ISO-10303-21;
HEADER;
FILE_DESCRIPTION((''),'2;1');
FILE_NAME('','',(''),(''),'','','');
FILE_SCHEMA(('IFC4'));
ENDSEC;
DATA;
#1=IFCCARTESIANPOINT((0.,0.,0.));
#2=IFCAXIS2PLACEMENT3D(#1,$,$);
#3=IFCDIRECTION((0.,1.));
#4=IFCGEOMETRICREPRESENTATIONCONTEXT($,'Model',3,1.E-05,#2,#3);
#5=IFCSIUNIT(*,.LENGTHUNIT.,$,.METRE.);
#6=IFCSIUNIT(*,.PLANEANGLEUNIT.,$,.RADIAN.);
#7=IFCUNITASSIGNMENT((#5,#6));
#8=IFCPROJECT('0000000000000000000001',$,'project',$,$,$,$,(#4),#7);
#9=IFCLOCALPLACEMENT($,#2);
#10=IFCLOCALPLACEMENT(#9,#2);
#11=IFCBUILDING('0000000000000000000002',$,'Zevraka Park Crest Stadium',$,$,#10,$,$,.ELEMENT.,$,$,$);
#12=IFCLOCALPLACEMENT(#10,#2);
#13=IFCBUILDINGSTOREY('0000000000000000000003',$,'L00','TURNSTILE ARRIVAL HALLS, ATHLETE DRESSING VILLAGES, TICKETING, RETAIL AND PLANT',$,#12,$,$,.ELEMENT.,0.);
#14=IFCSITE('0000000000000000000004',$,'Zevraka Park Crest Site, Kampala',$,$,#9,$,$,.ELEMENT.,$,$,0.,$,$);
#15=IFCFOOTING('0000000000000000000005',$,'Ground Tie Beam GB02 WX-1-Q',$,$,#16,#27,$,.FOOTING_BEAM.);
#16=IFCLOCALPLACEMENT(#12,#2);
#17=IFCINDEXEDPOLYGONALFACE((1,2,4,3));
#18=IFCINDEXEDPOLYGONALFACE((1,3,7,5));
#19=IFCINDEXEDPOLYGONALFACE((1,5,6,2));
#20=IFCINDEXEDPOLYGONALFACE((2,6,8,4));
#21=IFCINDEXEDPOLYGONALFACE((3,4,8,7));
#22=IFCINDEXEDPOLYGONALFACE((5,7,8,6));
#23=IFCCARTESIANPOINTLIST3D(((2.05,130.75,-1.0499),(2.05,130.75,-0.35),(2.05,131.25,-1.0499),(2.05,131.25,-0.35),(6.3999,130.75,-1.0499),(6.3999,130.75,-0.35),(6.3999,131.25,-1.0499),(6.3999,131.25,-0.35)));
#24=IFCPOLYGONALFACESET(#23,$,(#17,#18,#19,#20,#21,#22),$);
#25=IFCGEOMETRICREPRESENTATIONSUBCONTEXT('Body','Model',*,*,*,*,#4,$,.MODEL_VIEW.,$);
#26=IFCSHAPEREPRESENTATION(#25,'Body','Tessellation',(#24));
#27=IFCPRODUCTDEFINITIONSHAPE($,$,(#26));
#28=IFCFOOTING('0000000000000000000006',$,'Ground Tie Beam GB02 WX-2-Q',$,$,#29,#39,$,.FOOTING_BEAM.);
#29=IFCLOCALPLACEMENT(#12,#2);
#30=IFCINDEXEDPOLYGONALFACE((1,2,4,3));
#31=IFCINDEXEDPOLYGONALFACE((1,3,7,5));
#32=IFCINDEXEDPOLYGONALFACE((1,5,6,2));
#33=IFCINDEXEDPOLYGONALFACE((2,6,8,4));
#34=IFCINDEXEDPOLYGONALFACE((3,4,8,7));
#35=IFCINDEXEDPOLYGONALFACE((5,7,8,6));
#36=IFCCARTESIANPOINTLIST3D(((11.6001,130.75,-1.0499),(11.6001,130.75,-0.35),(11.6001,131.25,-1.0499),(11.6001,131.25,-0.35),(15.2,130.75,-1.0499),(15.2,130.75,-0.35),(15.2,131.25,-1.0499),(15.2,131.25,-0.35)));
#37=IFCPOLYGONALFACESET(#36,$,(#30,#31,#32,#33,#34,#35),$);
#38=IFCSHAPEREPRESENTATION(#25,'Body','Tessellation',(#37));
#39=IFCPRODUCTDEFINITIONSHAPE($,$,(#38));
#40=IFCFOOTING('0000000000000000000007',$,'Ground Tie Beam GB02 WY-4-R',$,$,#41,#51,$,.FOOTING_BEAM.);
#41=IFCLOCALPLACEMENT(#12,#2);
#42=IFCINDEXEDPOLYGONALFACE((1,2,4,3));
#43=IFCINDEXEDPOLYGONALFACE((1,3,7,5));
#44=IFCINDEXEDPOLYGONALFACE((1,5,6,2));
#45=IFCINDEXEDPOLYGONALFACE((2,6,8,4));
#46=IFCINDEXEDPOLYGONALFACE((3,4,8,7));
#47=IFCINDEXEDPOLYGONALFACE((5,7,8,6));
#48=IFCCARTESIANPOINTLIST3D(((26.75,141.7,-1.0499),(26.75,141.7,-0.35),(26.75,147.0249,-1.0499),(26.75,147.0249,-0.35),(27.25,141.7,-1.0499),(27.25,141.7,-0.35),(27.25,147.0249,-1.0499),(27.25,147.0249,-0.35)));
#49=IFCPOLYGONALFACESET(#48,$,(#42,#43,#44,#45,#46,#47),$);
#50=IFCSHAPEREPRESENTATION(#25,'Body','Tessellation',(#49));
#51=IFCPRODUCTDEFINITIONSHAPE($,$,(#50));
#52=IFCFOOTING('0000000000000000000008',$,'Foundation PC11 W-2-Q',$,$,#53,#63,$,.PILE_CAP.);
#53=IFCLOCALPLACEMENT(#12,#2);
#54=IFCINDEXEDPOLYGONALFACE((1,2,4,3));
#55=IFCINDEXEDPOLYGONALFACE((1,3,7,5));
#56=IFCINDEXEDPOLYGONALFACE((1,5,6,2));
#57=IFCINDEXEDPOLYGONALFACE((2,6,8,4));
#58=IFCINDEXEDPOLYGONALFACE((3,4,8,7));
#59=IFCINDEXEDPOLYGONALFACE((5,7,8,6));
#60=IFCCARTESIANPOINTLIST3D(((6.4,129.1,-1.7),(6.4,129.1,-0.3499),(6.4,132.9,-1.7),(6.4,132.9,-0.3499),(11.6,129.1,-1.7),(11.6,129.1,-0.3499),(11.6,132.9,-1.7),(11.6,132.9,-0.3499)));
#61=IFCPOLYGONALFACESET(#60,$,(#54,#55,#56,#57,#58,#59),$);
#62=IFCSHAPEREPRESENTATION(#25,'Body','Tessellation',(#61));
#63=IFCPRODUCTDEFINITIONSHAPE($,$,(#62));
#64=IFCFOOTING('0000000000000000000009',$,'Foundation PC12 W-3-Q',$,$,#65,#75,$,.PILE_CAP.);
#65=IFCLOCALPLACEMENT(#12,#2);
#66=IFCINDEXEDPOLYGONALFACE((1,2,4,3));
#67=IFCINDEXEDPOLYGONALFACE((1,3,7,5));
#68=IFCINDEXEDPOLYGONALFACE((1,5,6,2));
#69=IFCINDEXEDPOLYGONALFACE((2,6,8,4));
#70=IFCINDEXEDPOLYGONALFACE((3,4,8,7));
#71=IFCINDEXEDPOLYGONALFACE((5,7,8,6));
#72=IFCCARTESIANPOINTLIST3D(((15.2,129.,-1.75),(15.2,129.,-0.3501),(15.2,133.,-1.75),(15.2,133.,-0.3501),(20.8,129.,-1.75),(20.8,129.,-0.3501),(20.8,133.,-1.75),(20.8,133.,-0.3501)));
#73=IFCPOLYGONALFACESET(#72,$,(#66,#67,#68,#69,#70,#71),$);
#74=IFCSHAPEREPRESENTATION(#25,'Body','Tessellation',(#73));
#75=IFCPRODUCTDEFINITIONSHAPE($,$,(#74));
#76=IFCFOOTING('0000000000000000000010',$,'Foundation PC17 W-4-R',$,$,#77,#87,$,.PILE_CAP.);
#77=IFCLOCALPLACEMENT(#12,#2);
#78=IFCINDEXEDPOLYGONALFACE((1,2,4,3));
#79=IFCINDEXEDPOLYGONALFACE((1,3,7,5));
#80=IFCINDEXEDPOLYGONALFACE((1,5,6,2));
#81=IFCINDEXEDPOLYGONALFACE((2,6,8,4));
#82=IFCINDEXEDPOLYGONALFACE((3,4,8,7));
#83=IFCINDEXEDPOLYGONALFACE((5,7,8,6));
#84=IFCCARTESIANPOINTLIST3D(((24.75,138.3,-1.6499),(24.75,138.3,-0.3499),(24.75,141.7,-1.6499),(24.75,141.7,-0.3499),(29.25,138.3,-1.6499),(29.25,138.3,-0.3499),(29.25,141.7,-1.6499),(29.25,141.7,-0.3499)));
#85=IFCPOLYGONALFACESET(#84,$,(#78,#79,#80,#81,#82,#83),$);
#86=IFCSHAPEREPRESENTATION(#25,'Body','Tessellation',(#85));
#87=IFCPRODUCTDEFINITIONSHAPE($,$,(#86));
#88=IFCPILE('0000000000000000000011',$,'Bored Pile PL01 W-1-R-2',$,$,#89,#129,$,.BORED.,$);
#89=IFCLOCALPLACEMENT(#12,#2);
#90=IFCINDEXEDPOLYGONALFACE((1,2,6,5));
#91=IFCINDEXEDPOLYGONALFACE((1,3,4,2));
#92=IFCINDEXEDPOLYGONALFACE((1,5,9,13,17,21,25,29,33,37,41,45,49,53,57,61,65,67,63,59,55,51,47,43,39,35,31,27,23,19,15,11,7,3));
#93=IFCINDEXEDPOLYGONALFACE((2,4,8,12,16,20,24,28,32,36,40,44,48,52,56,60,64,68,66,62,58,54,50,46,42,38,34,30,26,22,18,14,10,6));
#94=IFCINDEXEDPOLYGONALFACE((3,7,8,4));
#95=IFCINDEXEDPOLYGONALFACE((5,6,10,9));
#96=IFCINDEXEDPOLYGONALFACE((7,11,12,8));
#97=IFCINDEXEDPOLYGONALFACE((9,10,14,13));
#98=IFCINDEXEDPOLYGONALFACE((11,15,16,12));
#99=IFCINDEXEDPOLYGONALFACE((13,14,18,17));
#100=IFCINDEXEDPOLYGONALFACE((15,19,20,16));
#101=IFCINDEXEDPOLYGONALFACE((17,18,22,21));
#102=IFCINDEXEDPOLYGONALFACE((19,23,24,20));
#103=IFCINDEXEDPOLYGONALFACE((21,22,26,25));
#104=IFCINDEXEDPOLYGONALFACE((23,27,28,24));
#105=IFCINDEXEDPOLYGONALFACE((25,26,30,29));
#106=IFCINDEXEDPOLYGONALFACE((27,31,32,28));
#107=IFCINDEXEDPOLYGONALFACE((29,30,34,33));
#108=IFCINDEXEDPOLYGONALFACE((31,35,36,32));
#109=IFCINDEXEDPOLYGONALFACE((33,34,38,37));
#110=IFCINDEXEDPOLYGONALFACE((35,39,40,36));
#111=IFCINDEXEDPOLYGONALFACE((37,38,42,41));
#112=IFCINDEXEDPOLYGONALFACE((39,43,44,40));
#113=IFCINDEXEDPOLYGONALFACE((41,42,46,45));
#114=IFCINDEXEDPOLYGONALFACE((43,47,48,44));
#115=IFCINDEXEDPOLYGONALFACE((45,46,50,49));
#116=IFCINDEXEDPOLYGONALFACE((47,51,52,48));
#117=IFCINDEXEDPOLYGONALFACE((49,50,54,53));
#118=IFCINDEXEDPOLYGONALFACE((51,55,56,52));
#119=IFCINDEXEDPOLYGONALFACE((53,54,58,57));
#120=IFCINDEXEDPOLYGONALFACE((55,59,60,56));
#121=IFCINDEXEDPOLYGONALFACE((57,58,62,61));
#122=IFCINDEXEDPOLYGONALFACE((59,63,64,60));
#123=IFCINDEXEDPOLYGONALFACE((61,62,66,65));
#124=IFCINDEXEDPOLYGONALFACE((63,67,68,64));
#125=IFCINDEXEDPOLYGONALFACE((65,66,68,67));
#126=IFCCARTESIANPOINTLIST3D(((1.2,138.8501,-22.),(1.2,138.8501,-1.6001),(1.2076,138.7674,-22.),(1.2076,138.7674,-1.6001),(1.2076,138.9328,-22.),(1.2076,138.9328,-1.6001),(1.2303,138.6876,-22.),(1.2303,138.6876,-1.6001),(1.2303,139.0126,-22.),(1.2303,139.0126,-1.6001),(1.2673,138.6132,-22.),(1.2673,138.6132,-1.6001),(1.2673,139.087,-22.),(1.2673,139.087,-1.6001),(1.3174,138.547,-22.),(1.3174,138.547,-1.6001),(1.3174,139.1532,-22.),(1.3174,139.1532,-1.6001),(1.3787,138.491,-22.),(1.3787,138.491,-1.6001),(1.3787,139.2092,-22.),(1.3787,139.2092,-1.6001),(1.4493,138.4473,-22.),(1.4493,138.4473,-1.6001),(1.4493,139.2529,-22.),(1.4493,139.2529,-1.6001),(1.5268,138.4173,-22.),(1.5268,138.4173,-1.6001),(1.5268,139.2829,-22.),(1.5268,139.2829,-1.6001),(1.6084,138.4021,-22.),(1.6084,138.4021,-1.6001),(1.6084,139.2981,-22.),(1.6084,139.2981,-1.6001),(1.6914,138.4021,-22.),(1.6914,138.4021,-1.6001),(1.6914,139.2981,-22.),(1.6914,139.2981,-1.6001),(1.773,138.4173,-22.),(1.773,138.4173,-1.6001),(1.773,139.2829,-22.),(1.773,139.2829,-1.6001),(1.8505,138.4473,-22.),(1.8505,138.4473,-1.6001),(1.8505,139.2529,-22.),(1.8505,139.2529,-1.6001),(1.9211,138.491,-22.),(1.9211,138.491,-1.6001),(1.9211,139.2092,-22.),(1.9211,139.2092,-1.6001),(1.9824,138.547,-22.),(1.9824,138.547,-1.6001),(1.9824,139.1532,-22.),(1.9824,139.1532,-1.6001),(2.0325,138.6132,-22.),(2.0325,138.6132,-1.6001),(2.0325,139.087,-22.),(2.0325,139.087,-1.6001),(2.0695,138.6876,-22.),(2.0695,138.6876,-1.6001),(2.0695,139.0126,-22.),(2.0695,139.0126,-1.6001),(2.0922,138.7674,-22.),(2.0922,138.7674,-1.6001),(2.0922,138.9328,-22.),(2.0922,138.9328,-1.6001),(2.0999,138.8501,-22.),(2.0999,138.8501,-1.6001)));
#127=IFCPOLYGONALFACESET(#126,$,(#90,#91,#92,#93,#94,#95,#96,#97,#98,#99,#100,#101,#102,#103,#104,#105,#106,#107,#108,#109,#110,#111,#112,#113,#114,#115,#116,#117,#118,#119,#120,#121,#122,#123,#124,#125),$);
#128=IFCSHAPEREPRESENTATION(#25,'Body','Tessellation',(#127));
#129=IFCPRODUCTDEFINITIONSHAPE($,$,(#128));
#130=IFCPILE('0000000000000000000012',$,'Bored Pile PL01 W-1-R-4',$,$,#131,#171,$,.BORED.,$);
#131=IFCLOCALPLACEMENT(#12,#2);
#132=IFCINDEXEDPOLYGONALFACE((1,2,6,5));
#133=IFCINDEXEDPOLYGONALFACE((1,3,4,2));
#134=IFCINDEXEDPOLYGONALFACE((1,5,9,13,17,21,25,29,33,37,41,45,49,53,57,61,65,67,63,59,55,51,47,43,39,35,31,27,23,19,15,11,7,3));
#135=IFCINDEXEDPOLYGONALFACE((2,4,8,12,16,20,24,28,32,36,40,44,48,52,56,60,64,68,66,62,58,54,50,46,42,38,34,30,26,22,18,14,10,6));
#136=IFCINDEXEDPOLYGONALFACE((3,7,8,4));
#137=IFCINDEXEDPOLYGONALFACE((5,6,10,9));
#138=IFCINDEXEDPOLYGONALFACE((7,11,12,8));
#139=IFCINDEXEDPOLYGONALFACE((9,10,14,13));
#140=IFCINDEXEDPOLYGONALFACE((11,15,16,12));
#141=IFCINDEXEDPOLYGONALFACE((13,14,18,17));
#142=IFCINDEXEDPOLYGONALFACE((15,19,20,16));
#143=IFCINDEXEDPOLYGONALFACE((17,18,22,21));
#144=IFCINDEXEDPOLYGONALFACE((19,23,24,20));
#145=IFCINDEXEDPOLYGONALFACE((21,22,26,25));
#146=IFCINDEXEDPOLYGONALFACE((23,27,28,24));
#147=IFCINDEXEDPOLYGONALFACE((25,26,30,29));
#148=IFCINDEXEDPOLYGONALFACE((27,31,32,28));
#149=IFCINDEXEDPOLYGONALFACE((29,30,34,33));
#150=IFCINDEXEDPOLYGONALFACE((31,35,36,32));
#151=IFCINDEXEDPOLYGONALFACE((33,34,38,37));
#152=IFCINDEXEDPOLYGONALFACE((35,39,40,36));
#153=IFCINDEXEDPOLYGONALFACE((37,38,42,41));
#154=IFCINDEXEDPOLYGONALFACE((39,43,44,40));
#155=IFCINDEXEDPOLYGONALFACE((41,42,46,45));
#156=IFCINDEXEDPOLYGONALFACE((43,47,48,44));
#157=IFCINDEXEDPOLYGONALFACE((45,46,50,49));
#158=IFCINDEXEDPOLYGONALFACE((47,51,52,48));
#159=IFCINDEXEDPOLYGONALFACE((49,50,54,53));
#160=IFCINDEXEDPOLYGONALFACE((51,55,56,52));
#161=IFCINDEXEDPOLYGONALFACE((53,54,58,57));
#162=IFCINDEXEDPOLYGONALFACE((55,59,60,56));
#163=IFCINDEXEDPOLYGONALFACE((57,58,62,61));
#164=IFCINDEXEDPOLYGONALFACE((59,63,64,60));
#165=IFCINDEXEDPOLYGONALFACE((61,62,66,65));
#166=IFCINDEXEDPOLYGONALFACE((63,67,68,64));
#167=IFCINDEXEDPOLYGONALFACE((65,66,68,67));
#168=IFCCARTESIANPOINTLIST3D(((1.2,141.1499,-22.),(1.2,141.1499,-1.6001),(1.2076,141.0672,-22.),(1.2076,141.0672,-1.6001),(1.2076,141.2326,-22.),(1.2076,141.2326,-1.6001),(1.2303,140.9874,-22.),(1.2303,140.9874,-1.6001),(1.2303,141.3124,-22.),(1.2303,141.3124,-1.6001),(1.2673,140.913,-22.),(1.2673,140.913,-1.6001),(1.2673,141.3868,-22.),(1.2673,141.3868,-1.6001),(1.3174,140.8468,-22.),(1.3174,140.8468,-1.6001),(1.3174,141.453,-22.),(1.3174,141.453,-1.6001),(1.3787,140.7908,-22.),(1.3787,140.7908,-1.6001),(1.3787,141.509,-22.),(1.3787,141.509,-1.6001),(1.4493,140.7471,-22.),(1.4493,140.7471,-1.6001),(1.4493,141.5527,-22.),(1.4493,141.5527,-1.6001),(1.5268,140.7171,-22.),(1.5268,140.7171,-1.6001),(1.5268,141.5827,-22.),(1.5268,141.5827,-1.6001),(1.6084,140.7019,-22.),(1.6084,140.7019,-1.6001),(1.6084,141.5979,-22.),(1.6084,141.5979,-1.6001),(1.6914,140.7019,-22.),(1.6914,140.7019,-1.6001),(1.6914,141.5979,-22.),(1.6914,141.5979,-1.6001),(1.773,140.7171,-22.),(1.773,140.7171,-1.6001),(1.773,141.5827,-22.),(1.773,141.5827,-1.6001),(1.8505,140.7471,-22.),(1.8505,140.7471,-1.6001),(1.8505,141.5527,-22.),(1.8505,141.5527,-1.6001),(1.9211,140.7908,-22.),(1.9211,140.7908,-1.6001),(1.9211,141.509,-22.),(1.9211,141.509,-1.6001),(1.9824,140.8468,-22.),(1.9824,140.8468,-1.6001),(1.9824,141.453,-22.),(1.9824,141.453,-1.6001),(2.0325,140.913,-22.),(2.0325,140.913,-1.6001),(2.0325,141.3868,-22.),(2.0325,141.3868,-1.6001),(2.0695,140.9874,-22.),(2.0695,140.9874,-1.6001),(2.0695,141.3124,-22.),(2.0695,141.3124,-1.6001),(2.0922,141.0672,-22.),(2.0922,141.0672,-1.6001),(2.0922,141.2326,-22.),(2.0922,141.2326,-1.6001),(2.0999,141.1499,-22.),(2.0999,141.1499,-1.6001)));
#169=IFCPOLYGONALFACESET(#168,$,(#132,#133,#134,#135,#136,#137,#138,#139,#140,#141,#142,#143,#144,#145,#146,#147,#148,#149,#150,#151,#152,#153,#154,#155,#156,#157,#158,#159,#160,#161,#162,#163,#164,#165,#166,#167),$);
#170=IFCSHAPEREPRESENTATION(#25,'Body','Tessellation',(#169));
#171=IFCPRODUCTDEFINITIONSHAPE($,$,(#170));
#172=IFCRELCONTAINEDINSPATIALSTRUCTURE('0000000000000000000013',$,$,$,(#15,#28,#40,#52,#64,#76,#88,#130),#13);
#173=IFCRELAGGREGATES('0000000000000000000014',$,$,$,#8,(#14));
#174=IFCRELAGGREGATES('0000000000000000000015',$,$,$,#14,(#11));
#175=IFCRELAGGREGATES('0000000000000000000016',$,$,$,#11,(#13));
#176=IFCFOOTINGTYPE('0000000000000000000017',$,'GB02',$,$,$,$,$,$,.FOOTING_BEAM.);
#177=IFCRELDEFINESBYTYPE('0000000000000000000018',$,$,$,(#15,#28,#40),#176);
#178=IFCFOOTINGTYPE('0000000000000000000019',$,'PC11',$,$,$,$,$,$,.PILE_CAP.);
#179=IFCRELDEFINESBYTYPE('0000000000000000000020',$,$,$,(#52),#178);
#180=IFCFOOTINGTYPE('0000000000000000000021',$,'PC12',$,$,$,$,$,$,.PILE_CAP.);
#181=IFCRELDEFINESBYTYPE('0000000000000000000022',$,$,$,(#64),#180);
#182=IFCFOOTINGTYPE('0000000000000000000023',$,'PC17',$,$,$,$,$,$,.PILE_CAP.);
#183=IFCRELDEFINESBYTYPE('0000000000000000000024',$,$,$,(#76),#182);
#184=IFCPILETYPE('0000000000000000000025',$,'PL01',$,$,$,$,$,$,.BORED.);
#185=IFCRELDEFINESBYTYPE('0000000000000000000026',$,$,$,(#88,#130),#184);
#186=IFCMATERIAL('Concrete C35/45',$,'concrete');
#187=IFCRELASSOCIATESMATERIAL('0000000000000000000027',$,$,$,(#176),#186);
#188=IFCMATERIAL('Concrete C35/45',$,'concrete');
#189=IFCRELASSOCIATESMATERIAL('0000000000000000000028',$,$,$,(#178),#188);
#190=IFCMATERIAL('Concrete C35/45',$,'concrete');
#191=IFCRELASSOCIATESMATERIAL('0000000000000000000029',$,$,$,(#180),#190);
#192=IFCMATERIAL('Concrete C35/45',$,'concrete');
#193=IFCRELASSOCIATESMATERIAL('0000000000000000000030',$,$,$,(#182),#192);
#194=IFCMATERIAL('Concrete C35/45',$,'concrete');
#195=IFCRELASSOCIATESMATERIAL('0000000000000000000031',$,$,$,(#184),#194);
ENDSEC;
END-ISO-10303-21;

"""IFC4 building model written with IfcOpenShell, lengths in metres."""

from ifc_helpers import new_model, si_unit, direction, frame, origin, origin_2d, place, context, subcontext, project, spatial, rectangle, circle, extrude, material, material_profile, profile_set, type_object, element, save


model = new_model("IFC4")

# Units and contexts
model_context = context("Model", 3, precision=1e-05, world=origin(), true_north=direction((0.0, 1.0)))
body_context = subcontext(model_context, "Body", "Model", "MODEL_VIEW")
ifc_project = project(units=[si_unit("LENGTHUNIT", "METRE"), si_unit("PLANEANGLEUNIT", "RADIAN")], contexts=[model_context])

# Site, building, storey
site_placement = place(None, origin())
site = spatial("IfcSite", under=ifc_project, at=site_placement, Name="Zevraka Park Crest Site, Kampala", CompositionType="ELEMENT", RefElevation=0.0)
building_placement = place(site_placement, origin())
building = spatial("IfcBuilding", under=site, at=building_placement, Name="Zevraka Park Crest Stadium", CompositionType="ELEMENT")
storey_placement = place(building_placement, origin())
storey = spatial("IfcBuildingStorey", under=building, at=storey_placement, Name="L00", Description="TURNSTILE ARRIVAL HALLS, ATHLETE DRESSING VILLAGES, TICKETING, RETAIL AND PLANT", CompositionType="ELEMENT", Elevation=0.0)

# Footings
ifc_material_1 = material(Name="Concrete C35/45", Category="concrete")
ifc_material_profile_1 = material_profile(ifc_material_1, rectangle(XDim=0.5, YDim=0.7, at=origin_2d()), Name="GB 700x500")
ifc_profile_set_1 = profile_set([ifc_material_profile_1], Name="Concrete C35/45")
footing_type_1 = type_object("IfcFootingType", Name="GB02", PredefinedType="FOOTING_BEAM", material=ifc_profile_set_1)
footing_1_placement = place(storey_placement, frame((2.05, 131.0, -0.7), z_axis=(1.0, 0.0, 0.0), x_axis=(0.0, 1.0, 0.0)))
element("IfcFooting", 1, at=footing_1_placement, inside=storey, type_object=footing_type_1, Name="Ground Tie Beam GB02 WX-1-Q", PredefinedType="FOOTING_BEAM", context=body_context, shape_type="SweptSolid", body=[
    extrude(rectangle(XDim=0.5, YDim=0.7, at=origin_2d()), origin(), (0.0, 0.0, 1.0), 4.3499),
])
footing_2_placement = place(storey_placement, frame((11.6001, 131.0, -0.7), z_axis=(1.0, 0.0, 0.0), x_axis=(0.0, 1.0, 0.0)))
element("IfcFooting", 2, at=footing_2_placement, inside=storey, type_object=footing_type_1, Name="Ground Tie Beam GB02 WX-2-Q", PredefinedType="FOOTING_BEAM", context=body_context, shape_type="SweptSolid", body=[
    extrude(rectangle(XDim=0.5, YDim=0.7, at=origin_2d()), origin(), (0.0, 0.0, 1.0), 3.5999),
])
footing_3_placement = place(storey_placement, frame((27.0, 141.7, -0.7), z_axis=(0.0, 1.0, 0.0), x_axis=(-1.0, 0.0, 0.0)))
element("IfcFooting", 3, at=footing_3_placement, inside=storey, type_object=footing_type_1, Name="Ground Tie Beam GB02 WY-4-R", PredefinedType="FOOTING_BEAM", context=body_context, shape_type="SweptSolid", body=[
    extrude(rectangle(XDim=0.5, YDim=0.7, at=origin_2d()), origin(), (0.0, 0.0, 1.0), 5.325),
])
ifc_material_2 = material(Name="Concrete C35/45", Category="concrete")
footing_type_2 = type_object("IfcFootingType", Name="PC11", PredefinedType="PILE_CAP", material=ifc_material_2)
footing_4_placement = place(storey_placement, frame((9.0, 131.0, -1.7), z_axis=(0.0, 0.0, 1.0), x_axis=(1.0, 0.0, 0.0)))
element("IfcFooting", 4, at=footing_4_placement, inside=storey, type_object=footing_type_2, Name="Foundation PC11 W-2-Q", PredefinedType="PILE_CAP", context=body_context, shape_type="SweptSolid", body=[
    extrude(rectangle(XDim=5.2, YDim=3.8, at=origin_2d()), origin(), (0.0, 0.0, 1.0), 1.3501),
])
ifc_material_3 = material(Name="Concrete C35/45", Category="concrete")
footing_type_3 = type_object("IfcFootingType", Name="PC12", PredefinedType="PILE_CAP", material=ifc_material_3)
footing_5_placement = place(storey_placement, frame((18.0, 131.0, -1.75), z_axis=(0.0, 0.0, 1.0), x_axis=(1.0, 0.0, 0.0)))
element("IfcFooting", 5, at=footing_5_placement, inside=storey, type_object=footing_type_3, Name="Foundation PC12 W-3-Q", PredefinedType="PILE_CAP", context=body_context, shape_type="SweptSolid", body=[
    extrude(rectangle(XDim=5.6001, YDim=4.0, at=origin_2d()), origin(), (0.0, 0.0, 1.0), 1.3999),
])
ifc_material_4 = material(Name="Concrete C35/45", Category="concrete")
footing_type_4 = type_object("IfcFootingType", Name="PC17", PredefinedType="PILE_CAP", material=ifc_material_4)
footing_6_placement = place(storey_placement, frame((27.0, 140.0, -1.6499), z_axis=(0.0, 0.0, 1.0), x_axis=(1.0, 0.0, 0.0)))
element("IfcFooting", 6, at=footing_6_placement, inside=storey, type_object=footing_type_4, Name="Foundation PC17 W-4-R", PredefinedType="PILE_CAP", context=body_context, shape_type="SweptSolid", body=[
    extrude(rectangle(XDim=4.5, YDim=3.3999, at=origin_2d()), origin(), (0.0, 0.0, 1.0), 1.3),
])

# Piles
ifc_material_5 = material(Name="Concrete C35/45", Category="concrete")
ifc_material_profile_2 = material_profile(ifc_material_5, circle(Radius=0.45, at=origin_2d()), Name="PILE D900")
ifc_profile_set_2 = profile_set([ifc_material_profile_2], Name="Concrete C35/45")
pile_type_1 = type_object("IfcPileType", Name="PL01", PredefinedType="BORED", material=ifc_profile_set_2)
for number, where, z_axis, x_axis, name in (
    (7, (1.6499, 138.8501, -1.6001), (0.0, 0.0, -1.0), (1.0, 0.0, 0.0), "Bored Pile PL01 W-1-R-2"),
    (8, (1.6499, 141.1499, -1.6001), (0.0, 0.0, -1.0), (1.0, 0.0, 0.0), "Bored Pile PL01 W-1-R-4"),
):
    element("IfcPile", number, at=place(storey_placement, frame(where, z_axis=z_axis, x_axis=x_axis)), inside=storey, type_object=pile_type_1, Name=name, PredefinedType="BORED", context=body_context, shape_type="SweptSolid", body=[
        extrude(circle(Radius=0.45, at=origin_2d()), origin(), (0.0, 0.0, 1.0), 20.3999),
    ])

save(model, "model.ifc")
